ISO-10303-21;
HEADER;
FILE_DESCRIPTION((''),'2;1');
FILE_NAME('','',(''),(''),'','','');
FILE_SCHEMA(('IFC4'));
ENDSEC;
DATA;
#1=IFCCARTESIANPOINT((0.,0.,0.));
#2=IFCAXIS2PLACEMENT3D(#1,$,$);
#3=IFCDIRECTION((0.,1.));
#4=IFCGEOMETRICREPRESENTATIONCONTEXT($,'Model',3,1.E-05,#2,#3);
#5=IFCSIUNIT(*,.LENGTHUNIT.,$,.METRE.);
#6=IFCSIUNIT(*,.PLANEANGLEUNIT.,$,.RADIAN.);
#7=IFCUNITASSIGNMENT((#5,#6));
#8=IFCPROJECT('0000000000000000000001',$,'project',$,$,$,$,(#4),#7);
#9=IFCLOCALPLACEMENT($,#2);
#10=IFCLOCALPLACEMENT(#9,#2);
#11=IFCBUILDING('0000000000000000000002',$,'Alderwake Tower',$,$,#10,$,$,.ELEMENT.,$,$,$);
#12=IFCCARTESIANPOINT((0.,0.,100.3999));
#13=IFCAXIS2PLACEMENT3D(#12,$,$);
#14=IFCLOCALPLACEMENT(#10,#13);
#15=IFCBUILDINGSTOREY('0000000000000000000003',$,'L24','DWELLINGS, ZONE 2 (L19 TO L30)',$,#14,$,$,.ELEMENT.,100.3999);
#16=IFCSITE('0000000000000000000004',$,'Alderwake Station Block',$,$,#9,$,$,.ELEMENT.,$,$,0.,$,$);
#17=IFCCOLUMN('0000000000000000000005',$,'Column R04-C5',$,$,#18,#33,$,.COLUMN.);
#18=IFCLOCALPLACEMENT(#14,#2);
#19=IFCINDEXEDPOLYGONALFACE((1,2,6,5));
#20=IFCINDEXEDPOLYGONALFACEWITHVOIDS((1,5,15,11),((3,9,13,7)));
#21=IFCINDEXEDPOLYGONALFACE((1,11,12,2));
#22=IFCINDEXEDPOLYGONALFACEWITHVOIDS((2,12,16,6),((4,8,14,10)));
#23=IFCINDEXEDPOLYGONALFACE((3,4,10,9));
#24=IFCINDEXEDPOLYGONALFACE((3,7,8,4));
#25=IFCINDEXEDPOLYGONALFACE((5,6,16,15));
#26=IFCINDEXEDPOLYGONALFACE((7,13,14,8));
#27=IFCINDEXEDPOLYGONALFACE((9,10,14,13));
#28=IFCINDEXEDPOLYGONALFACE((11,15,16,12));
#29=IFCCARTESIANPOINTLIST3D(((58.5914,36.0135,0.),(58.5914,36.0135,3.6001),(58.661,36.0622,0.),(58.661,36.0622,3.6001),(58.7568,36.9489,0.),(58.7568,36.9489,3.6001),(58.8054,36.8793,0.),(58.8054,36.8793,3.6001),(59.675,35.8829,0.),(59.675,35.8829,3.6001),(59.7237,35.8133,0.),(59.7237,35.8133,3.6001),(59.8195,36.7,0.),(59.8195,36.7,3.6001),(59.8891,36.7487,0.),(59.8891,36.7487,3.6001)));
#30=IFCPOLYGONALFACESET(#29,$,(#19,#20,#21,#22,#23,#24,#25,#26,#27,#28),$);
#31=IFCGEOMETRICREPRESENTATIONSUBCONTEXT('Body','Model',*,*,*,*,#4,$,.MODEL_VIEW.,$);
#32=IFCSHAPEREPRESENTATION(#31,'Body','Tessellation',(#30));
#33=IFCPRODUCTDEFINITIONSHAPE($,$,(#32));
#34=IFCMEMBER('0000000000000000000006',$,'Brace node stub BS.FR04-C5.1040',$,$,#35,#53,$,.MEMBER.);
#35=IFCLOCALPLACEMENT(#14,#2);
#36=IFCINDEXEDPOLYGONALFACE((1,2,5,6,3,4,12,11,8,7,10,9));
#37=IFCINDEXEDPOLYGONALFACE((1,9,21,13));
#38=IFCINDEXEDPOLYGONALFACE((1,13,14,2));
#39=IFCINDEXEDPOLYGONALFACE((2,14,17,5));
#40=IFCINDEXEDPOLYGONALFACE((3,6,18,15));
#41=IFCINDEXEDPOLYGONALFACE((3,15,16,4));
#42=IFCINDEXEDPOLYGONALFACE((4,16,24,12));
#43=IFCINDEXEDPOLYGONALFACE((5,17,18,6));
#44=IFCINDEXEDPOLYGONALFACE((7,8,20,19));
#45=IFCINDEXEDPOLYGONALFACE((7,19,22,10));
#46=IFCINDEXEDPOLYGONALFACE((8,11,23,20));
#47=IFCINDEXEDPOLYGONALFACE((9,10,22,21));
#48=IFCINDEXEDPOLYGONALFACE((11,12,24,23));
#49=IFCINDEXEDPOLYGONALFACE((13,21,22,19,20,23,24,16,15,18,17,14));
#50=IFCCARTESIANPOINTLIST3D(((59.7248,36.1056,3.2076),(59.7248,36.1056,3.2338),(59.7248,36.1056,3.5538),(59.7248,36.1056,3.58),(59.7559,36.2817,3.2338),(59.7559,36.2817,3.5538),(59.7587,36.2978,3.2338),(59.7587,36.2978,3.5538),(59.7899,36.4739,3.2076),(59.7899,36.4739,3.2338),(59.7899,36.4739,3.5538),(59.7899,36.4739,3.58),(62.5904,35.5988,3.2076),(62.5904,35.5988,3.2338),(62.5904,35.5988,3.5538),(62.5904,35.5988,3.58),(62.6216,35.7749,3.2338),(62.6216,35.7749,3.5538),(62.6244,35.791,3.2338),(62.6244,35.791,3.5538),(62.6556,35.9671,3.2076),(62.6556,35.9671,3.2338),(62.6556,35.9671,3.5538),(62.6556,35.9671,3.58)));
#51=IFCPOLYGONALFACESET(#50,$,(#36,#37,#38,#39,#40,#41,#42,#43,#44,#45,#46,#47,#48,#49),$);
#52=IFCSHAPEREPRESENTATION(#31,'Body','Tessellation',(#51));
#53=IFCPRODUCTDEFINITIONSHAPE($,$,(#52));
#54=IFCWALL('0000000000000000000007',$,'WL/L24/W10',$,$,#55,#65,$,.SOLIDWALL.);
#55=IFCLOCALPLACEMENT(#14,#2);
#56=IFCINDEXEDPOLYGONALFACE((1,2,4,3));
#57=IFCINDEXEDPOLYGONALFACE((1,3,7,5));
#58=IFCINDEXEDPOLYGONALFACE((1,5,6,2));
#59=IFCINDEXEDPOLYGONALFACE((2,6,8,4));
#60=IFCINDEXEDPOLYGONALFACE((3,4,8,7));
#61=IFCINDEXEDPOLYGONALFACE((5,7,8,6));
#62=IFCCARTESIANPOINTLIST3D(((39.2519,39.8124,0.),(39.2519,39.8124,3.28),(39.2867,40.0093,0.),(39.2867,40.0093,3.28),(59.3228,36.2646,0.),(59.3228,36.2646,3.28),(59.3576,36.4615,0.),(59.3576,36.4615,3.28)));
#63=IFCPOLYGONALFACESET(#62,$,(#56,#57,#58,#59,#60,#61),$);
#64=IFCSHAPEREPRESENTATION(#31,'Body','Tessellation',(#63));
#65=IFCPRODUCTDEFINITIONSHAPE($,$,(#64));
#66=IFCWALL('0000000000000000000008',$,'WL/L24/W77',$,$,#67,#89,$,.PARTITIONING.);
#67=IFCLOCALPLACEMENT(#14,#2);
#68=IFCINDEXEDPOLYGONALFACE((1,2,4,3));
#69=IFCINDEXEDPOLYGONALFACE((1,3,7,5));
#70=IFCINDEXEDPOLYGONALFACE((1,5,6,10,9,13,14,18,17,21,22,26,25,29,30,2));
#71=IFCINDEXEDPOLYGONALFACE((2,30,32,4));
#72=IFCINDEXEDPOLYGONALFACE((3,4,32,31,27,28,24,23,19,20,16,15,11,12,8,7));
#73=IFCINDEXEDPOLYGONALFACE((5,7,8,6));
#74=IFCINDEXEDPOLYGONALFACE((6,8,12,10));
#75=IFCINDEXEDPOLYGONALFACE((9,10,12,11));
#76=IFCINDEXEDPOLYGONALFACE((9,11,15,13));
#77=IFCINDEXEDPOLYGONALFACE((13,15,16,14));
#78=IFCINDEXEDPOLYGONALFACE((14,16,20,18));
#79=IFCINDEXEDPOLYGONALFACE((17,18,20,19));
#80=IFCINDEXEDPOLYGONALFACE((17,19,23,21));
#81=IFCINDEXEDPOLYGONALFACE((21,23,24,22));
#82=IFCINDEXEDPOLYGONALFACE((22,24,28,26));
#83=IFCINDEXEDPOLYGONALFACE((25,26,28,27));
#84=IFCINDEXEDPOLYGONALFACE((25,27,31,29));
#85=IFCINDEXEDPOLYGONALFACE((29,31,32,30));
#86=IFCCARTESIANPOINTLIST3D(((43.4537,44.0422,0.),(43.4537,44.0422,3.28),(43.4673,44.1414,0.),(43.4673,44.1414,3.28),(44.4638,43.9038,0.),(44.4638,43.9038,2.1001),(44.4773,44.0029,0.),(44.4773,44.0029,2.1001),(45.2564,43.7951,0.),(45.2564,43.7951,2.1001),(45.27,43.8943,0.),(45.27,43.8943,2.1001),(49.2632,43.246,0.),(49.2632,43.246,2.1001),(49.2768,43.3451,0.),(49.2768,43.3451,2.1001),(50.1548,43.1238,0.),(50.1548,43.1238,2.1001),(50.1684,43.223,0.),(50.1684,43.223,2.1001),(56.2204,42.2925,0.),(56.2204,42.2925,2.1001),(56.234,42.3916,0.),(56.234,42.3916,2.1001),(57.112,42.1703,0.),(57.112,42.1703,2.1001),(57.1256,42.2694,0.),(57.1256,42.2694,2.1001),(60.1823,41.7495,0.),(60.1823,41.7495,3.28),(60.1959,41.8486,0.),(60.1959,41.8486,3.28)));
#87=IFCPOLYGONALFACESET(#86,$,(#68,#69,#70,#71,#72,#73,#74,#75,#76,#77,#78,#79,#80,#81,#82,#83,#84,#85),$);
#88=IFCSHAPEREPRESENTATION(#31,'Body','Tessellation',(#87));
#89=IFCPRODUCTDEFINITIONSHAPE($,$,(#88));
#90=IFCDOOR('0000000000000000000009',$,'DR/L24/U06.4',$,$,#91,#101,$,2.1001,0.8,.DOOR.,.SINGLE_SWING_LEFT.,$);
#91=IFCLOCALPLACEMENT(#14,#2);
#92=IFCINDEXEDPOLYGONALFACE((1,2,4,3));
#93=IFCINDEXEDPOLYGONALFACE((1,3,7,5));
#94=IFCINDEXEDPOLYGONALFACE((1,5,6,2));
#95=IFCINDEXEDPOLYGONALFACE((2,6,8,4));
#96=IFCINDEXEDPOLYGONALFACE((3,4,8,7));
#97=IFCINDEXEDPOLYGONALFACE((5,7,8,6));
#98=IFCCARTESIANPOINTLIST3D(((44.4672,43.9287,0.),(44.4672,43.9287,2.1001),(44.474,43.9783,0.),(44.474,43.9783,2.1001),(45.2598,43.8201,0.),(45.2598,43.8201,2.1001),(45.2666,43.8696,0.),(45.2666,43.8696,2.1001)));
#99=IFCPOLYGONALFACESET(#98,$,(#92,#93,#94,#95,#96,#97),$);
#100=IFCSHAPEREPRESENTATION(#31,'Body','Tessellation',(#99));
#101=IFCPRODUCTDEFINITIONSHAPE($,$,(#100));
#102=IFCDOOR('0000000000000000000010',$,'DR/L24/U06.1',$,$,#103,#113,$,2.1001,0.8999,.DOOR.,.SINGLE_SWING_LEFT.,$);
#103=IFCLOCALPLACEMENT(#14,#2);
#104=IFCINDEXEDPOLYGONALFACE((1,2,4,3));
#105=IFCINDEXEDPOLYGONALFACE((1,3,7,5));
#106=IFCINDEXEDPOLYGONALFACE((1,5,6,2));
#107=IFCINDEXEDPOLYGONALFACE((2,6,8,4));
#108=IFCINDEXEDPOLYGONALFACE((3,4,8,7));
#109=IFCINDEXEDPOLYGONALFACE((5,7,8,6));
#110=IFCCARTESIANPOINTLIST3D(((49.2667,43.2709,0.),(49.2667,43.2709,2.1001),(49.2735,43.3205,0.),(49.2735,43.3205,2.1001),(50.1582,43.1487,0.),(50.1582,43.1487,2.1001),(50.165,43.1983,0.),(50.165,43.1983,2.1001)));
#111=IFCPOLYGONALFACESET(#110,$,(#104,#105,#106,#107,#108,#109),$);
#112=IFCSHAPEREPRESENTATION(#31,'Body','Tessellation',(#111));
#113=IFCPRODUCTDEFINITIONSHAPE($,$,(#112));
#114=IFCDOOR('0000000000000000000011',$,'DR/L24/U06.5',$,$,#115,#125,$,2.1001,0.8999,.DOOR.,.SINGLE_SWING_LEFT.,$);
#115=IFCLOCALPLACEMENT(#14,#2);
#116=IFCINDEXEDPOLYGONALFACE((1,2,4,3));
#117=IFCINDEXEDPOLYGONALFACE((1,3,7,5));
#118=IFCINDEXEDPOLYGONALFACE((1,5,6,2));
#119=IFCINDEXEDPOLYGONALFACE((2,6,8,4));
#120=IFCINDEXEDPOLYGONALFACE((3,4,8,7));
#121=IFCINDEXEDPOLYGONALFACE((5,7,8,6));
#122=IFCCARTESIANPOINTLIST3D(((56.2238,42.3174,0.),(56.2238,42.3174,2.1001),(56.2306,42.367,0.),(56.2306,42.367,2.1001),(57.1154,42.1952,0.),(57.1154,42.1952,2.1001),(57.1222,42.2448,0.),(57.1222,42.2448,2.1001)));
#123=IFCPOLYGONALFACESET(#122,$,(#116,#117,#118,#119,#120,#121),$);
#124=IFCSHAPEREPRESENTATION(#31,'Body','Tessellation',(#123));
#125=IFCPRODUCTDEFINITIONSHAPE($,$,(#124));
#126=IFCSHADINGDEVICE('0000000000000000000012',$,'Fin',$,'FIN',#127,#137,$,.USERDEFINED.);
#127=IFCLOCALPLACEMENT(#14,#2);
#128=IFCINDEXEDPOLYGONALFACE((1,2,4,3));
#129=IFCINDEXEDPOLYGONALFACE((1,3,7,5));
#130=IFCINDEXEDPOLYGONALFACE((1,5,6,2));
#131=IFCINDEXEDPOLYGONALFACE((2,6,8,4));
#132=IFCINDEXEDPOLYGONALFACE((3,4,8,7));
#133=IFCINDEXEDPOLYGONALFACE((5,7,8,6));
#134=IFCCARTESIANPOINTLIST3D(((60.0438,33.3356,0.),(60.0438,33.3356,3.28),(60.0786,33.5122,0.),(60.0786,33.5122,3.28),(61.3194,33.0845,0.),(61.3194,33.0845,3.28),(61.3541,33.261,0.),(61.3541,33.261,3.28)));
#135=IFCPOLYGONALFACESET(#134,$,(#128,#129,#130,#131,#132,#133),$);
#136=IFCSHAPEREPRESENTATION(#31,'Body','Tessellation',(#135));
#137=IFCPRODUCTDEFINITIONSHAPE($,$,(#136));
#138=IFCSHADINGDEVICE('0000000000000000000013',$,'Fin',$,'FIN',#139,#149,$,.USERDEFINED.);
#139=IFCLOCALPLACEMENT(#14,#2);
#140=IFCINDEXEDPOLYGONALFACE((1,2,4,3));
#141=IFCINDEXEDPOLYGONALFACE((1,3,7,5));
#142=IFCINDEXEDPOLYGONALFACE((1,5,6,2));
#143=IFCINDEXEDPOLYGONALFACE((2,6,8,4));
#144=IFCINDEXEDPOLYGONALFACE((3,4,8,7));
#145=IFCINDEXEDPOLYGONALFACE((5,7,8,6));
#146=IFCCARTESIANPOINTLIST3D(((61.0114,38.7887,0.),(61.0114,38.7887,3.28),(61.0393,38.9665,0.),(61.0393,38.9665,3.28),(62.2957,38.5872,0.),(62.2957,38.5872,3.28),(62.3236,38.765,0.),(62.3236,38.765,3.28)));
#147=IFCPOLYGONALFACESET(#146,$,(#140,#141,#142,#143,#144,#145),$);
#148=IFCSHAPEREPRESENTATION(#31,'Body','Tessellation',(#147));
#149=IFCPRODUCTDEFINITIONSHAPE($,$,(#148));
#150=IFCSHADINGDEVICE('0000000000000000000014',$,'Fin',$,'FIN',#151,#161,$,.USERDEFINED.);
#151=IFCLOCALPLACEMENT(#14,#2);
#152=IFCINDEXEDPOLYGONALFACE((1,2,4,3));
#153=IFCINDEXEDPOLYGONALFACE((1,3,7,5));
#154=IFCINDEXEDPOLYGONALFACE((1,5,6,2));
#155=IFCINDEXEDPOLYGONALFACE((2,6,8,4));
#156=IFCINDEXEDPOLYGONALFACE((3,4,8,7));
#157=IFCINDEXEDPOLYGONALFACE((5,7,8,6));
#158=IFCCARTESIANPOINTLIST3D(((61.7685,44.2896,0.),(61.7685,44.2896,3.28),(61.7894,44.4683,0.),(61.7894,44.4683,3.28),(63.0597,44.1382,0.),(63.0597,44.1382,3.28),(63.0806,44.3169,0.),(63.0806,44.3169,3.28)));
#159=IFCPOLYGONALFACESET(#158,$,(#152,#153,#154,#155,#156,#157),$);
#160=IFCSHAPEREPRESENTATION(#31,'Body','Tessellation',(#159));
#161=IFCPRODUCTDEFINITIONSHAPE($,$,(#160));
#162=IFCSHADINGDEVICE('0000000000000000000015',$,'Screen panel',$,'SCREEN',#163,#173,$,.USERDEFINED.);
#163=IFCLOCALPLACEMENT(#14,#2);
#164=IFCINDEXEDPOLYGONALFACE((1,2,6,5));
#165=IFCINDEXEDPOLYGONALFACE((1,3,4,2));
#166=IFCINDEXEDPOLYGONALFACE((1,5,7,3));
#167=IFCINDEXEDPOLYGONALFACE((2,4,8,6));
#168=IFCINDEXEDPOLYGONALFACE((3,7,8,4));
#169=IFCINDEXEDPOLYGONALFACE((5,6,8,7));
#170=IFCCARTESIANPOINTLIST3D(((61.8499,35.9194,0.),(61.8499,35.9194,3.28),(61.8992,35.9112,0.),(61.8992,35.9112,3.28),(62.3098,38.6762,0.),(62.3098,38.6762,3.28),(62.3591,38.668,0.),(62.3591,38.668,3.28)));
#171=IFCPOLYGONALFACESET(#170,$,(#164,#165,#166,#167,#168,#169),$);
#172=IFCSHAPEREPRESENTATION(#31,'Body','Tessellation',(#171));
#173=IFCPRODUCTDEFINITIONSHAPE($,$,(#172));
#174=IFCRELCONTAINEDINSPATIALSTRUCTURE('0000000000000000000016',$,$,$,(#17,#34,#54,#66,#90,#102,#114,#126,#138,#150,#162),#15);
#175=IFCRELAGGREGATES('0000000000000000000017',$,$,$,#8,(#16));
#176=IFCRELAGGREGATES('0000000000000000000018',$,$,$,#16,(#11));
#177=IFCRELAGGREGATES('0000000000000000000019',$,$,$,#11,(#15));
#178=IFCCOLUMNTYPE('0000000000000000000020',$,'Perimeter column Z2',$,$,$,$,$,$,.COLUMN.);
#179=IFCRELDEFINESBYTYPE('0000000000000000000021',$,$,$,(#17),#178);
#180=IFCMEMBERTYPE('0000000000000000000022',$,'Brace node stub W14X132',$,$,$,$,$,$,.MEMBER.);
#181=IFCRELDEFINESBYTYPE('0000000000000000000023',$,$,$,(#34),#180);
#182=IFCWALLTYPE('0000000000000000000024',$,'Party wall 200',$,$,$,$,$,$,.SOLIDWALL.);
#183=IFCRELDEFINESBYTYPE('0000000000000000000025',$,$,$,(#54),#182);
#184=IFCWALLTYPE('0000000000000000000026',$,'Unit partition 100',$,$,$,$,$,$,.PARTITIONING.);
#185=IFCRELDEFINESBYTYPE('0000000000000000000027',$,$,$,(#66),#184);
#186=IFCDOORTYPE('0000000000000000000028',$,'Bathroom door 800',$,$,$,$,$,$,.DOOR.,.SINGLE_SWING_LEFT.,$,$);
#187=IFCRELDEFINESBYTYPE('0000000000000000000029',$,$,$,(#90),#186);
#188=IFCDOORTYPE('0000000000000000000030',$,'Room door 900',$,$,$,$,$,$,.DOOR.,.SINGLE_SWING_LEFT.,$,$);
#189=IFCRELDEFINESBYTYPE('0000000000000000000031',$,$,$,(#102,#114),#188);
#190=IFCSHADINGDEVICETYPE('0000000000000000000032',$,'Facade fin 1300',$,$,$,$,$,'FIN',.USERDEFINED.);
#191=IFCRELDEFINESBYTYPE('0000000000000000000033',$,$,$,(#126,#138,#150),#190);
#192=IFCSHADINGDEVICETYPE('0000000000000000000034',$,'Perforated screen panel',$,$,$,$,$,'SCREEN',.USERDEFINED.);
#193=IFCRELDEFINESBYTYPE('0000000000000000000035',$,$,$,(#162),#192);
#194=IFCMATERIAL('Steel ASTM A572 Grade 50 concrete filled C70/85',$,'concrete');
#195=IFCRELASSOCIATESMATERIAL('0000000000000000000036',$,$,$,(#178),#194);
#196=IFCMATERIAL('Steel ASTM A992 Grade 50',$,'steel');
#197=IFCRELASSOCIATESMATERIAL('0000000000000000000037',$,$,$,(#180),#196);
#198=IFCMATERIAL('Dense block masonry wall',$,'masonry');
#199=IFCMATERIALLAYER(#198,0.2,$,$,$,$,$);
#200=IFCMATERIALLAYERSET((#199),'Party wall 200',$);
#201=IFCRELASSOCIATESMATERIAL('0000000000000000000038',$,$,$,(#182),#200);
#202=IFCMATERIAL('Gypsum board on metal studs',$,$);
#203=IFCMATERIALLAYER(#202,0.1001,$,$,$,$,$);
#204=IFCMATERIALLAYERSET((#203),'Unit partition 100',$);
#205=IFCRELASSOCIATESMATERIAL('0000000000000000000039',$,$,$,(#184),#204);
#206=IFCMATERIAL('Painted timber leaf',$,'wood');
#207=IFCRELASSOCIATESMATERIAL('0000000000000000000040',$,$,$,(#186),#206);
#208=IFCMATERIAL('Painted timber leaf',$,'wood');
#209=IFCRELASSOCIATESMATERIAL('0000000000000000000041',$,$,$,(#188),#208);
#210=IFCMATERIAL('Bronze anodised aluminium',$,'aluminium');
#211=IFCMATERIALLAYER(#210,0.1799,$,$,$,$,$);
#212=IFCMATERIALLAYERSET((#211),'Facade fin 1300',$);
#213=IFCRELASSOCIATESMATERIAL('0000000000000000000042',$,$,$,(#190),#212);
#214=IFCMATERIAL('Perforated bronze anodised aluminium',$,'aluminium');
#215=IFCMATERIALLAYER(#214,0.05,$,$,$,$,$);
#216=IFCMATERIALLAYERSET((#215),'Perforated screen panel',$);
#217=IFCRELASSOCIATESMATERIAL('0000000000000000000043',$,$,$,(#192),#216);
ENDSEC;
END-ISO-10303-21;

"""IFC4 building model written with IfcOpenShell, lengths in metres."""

from ifc_helpers import new_model, si_unit, direction, frame, frame_2d, origin, origin_2d, place, context, subcontext, project, spatial, rectangle, hollow_rectangle, i_section, extrude, material, layer, layer_set, material_profile, profile_set, type_object, element, fill, save


model = new_model("IFC4")

# Units and contexts
model_context = context("Model", 3, precision=1e-05, world=origin(), true_north=direction((0.0, 1.0)))
body_context = subcontext(model_context, "Body", "Model", "MODEL_VIEW")
ifc_project = project(units=[si_unit("LENGTHUNIT", "METRE"), si_unit("PLANEANGLEUNIT", "RADIAN")], contexts=[model_context])

# Site, building, storey
site_placement = place(None, origin())
site = spatial("IfcSite", under=ifc_project, at=site_placement, Name="Alderwake Station Block", CompositionType="ELEMENT", RefElevation=0.0)
building_placement = place(site_placement, origin())
building = spatial("IfcBuilding", under=site, at=building_placement, Name="Alderwake Tower", CompositionType="ELEMENT")
storey_placement = place(building_placement, frame((0.0, 0.0, 100.3999)))
storey = spatial("IfcBuildingStorey", under=building, at=storey_placement, Name="L24", Description="DWELLINGS, ZONE 2 (L19 TO L30)", CompositionType="ELEMENT", Elevation=100.3999)

# Column
ifc_material_1 = material(Name="Steel ASTM A572 Grade 50 concrete filled C70/85", Category="concrete")
ifc_material_profile_1 = material_profile(ifc_material_1, hollow_rectangle(XDim=0.95, YDim=1.1499, WallThickness=0.0601, at=origin_2d()), Name="BOX 1150X950X60")
ifc_profile_set_1 = profile_set([ifc_material_profile_1], Name="Steel ASTM A572 Grade 50 concrete filled C70/85")
column_type = type_object("IfcColumnType", Name="Perimeter column Z2", PredefinedType="COLUMN", material=ifc_profile_set_1)
column_placement = place(storey_placement, frame((59.2402, 36.3811, 0.0), z_axis=(0.0, 0.0, 1.0), x_axis=(0.174109, 0.984726, 0.0)))
element("IfcColumn", 1, at=column_placement, inside=storey, type_object=column_type, Name="Column R04-C5", PredefinedType="COLUMN", context=body_context, shape_type="SweptSolid", body=[
    extrude(hollow_rectangle(XDim=0.95, YDim=1.1499, WallThickness=0.0601, at=origin_2d()), origin(), (0.0, 0.0, 1.0), 3.6001),
])

# Member
ifc_material_2 = material(Name="Steel ASTM A992 Grade 50", Category="steel")
ifc_material_profile_2 = material_profile(ifc_material_2, i_section(OverallWidth=0.374, OverallDepth=0.3723, WebThickness=0.0164, FlangeThickness=0.0261, at=origin_2d()), Name="W14X132")
ifc_profile_set_2 = profile_set([ifc_material_profile_2], Name="Steel ASTM A992 Grade 50")
member_type = type_object("IfcMemberType", Name="Brace node stub W14X132", PredefinedType="MEMBER", material=ifc_profile_set_2)
member_placement = place(storey_placement, frame((59.7573, 36.2898, 3.3938), z_axis=(0.984718, -0.174159, 0.0), x_axis=(0.174159, 0.984718, 0.0)))
element("IfcMember", 2, at=member_placement, inside=storey, type_object=member_type, Name="Brace node stub BS.FR04-C5.1040", PredefinedType="MEMBER", context=body_context, shape_type="SweptSolid", body=[
    extrude(i_section(OverallWidth=0.374, OverallDepth=0.3723, WebThickness=0.0164, FlangeThickness=0.0261, at=origin_2d()), origin(), (0.0, 0.0, 1.0), 2.9102),
])

# Wall
ifc_material_3 = material(Name="Dense block masonry wall", Category="masonry")
ifc_layer_1 = layer(ifc_material_3, 0.2)
ifc_layer_set_1 = layer_set([ifc_layer_1], Name="Party wall 200")
wall_type_1 = type_object("IfcWallType", Name="Party wall 200", PredefinedType="SOLIDWALL", material=ifc_layer_set_1)
wall_1_placement = place(storey_placement, frame((59.3401, 36.363, 0.0), z_axis=(0.0, 0.0, 1.0), x_axis=(-0.984734, 0.174068, 0.0)))
element("IfcWall", 3, at=wall_1_placement, inside=storey, type_object=wall_type_1, Name="WL/L24/W10", PredefinedType="SOLIDWALL", context=body_context, shape_type="SweptSolid", body=[
    extrude(rectangle(XDim=20.3821, YDim=0.2, at=frame_2d((10.1909, 0.0))), origin(), (0.0, 0.0, 1.0), 3.28),
])

# Wall, openings, doors
ifc_material_4 = material(Name="Gypsum board on metal studs")
ifc_layer_2 = layer(ifc_material_4, 0.1001)
ifc_layer_set_2 = layer_set([ifc_layer_2], Name="Unit partition 100")
wall_type_2 = type_object("IfcWallType", Name="Unit partition 100", PredefinedType="PARTITIONING", material=ifc_layer_set_2)
wall_2_placement = place(storey_placement, frame((60.189, 41.7991, 0.0), z_axis=(0.0, 0.0, 1.0), x_axis=(-0.990738, 0.135786, 0.0)))
wall_2 = element("IfcWall", 4, at=wall_2_placement, inside=storey, type_object=wall_type_2, Name="WL/L24/W77", PredefinedType="PARTITIONING", context=body_context, shape_type="SweptSolid", body=[
    extrude(rectangle(XDim=16.885, YDim=0.1001, at=frame_2d((8.4424, 0.0))), origin(), (0.0, 0.0, 1.0), 3.28),
])
opening_1_placement = place(wall_2_placement, frame((10.1211, 0.0, 0.0)))
opening_1 = element("IfcOpeningElement", 5, at=opening_1_placement, cuts=wall_2, PredefinedType="OPENING", context=body_context, shape_type="SweptSolid", body=[
    extrude(rectangle(XDim=0.8999, YDim=2.1001, at=frame_2d((0.45, 1.05))), frame((0.0, 0.0601, 0.0), z_axis=(0.0, -1.0, 0.0), x_axis=(1.0, 0.0, 0.0)), (0.0, 0.0, 1.0), 0.1201),
])
opening_2_placement = place(wall_2_placement, frame((15.0654, 0.0, 0.0)))
opening_2 = element("IfcOpeningElement", 6, at=opening_2_placement, cuts=wall_2, PredefinedType="OPENING", context=body_context, shape_type="SweptSolid", body=[
    extrude(rectangle(XDim=0.8, YDim=2.1001, at=frame_2d((0.3999, 1.05))), frame((0.0, 0.0601, 0.0), z_axis=(0.0, -1.0, 0.0), x_axis=(1.0, 0.0, 0.0)), (0.0, 0.0, 1.0), 0.1201),
])
opening_3_placement = place(wall_2_placement, frame((3.0989, 0.0, 0.0)))
opening_3 = element("IfcOpeningElement", 7, at=opening_3_placement, cuts=wall_2, PredefinedType="OPENING", context=body_context, shape_type="SweptSolid", body=[
    extrude(rectangle(XDim=0.8999, YDim=2.1001, at=frame_2d((0.45, 1.05))), frame((0.0, 0.0601, 0.0), z_axis=(0.0, -1.0, 0.0), x_axis=(1.0, 0.0, 0.0)), (0.0, 0.0, 1.0), 0.1201),
])
ifc_material_5 = material(Name="Painted timber leaf", Category="wood")
door_type_1 = type_object("IfcDoorType", Name="Bathroom door 800", OperationType="SINGLE_SWING_LEFT", PredefinedType="DOOR", material=ifc_material_5)
door_1_placement = place(opening_2_placement, origin())
door_1 = element("IfcDoor", 8, at=door_1_placement, inside=storey, type_object=door_type_1, Name="DR/L24/U06.4", OperationType="SINGLE_SWING_LEFT", OverallHeight=2.1001, OverallWidth=0.8, PredefinedType="DOOR", context=body_context, shape_type="SweptSolid", body=[
    extrude(rectangle(XDim=0.8, YDim=2.1001, at=frame_2d((0.3999, 1.05))), frame((0.0, 0.0249, 0.0), z_axis=(0.0, -1.0, 0.0), x_axis=(1.0, 0.0, 0.0)), (0.0, 0.0, 1.0), 0.05),
])
fill(opening_2, door_1)
ifc_material_6 = material(Name="Painted timber leaf", Category="wood")
door_type_2 = type_object("IfcDoorType", Name="Room door 900", OperationType="SINGLE_SWING_LEFT", PredefinedType="DOOR", material=ifc_material_6)
door_2_placement = place(opening_1_placement, origin())
door_2 = element("IfcDoor", 9, at=door_2_placement, inside=storey, type_object=door_type_2, Name="DR/L24/U06.1", OperationType="SINGLE_SWING_LEFT", OverallHeight=2.1001, OverallWidth=0.8999, PredefinedType="DOOR", context=body_context, shape_type="SweptSolid", body=[
    extrude(rectangle(XDim=0.8999, YDim=2.1001, at=frame_2d((0.45, 1.05))), frame((0.0, 0.0249, 0.0), z_axis=(0.0, -1.0, 0.0), x_axis=(1.0, 0.0, 0.0)), (0.0, 0.0, 1.0), 0.05),
])
fill(opening_1, door_2)
door_3_placement = place(opening_3_placement, origin())
door_3 = element("IfcDoor", 10, at=door_3_placement, inside=storey, type_object=door_type_2, Name="DR/L24/U06.5", OperationType="SINGLE_SWING_LEFT", OverallHeight=2.1001, OverallWidth=0.8999, PredefinedType="DOOR", context=body_context, shape_type="SweptSolid", body=[
    extrude(rectangle(XDim=0.8999, YDim=2.1001, at=frame_2d((0.45, 1.05))), frame((0.0, 0.0249, 0.0), z_axis=(0.0, -1.0, 0.0), x_axis=(1.0, 0.0, 0.0)), (0.0, 0.0, 1.0), 0.05),
])
fill(opening_3, door_3)

# Shading devices
ifc_material_7 = material(Name="Bronze anodised aluminium", Category="aluminium")
ifc_layer_3 = layer(ifc_material_7, 0.1799)
ifc_layer_set_3 = layer_set([ifc_layer_3], Name="Facade fin 1300")
shading_device_type_1 = type_object("IfcShadingDeviceType", Name="Facade fin 1300", ElementType="FIN", PredefinedType="USERDEFINED", material=ifc_layer_set_3)
for number, where, z_axis, x_axis, name in (
    (11, (60.699, 33.2983, 0.0), (0.0, 0.0, 1.0), (0.981164, -0.193178, 0.0), "Fin"),
    (12, (61.6675, 38.7769, 0.0), (0.0, 0.0, 1.0), (0.987919, -0.154972, 0.0), "Fin"),
    (13, (62.4246, 44.3032, 0.0), (0.0, 0.0, 1.0), (0.993198, -0.116435, 0.0), "Fin"),
):
    element("IfcShadingDevice", number, at=place(storey_placement, frame(where, z_axis=z_axis, x_axis=x_axis)), inside=storey, type_object=shading_device_type_1, Name=name, ObjectType="FIN", PredefinedType="USERDEFINED", context=body_context, shape_type="SweptSolid", body=[
        extrude(rectangle(XDim=1.3, YDim=0.1799, at=origin_2d()), origin(), (0.0, 0.0, 1.0), 3.28),
    ])
ifc_material_8 = material(Name="Perforated bronze anodised aluminium", Category="aluminium")
ifc_layer_4 = layer(ifc_material_8, 0.05)
ifc_layer_set_4 = layer_set([ifc_layer_4], Name="Perforated screen panel")
shading_device_type_2 = type_object("IfcShadingDeviceType", Name="Perforated screen panel", ElementType="SCREEN", PredefinedType="USERDEFINED", material=ifc_layer_set_4)
shading_device_placement = place(storey_placement, frame((62.1045, 37.2937, 0.0), z_axis=(0.0, 0.0, 1.0), x_axis=(0.986369, -0.164548, 0.0)))
element("IfcShadingDevice", 14, at=shading_device_placement, inside=storey, type_object=shading_device_type_2, Name="Screen panel", ObjectType="SCREEN", PredefinedType="USERDEFINED", context=body_context, shape_type="SweptSolid", body=[
    extrude(rectangle(XDim=0.05, YDim=2.7949, at=origin_2d()), origin(), (0.0, 0.0, 1.0), 3.28),
])

save(model, "model.ifc")
